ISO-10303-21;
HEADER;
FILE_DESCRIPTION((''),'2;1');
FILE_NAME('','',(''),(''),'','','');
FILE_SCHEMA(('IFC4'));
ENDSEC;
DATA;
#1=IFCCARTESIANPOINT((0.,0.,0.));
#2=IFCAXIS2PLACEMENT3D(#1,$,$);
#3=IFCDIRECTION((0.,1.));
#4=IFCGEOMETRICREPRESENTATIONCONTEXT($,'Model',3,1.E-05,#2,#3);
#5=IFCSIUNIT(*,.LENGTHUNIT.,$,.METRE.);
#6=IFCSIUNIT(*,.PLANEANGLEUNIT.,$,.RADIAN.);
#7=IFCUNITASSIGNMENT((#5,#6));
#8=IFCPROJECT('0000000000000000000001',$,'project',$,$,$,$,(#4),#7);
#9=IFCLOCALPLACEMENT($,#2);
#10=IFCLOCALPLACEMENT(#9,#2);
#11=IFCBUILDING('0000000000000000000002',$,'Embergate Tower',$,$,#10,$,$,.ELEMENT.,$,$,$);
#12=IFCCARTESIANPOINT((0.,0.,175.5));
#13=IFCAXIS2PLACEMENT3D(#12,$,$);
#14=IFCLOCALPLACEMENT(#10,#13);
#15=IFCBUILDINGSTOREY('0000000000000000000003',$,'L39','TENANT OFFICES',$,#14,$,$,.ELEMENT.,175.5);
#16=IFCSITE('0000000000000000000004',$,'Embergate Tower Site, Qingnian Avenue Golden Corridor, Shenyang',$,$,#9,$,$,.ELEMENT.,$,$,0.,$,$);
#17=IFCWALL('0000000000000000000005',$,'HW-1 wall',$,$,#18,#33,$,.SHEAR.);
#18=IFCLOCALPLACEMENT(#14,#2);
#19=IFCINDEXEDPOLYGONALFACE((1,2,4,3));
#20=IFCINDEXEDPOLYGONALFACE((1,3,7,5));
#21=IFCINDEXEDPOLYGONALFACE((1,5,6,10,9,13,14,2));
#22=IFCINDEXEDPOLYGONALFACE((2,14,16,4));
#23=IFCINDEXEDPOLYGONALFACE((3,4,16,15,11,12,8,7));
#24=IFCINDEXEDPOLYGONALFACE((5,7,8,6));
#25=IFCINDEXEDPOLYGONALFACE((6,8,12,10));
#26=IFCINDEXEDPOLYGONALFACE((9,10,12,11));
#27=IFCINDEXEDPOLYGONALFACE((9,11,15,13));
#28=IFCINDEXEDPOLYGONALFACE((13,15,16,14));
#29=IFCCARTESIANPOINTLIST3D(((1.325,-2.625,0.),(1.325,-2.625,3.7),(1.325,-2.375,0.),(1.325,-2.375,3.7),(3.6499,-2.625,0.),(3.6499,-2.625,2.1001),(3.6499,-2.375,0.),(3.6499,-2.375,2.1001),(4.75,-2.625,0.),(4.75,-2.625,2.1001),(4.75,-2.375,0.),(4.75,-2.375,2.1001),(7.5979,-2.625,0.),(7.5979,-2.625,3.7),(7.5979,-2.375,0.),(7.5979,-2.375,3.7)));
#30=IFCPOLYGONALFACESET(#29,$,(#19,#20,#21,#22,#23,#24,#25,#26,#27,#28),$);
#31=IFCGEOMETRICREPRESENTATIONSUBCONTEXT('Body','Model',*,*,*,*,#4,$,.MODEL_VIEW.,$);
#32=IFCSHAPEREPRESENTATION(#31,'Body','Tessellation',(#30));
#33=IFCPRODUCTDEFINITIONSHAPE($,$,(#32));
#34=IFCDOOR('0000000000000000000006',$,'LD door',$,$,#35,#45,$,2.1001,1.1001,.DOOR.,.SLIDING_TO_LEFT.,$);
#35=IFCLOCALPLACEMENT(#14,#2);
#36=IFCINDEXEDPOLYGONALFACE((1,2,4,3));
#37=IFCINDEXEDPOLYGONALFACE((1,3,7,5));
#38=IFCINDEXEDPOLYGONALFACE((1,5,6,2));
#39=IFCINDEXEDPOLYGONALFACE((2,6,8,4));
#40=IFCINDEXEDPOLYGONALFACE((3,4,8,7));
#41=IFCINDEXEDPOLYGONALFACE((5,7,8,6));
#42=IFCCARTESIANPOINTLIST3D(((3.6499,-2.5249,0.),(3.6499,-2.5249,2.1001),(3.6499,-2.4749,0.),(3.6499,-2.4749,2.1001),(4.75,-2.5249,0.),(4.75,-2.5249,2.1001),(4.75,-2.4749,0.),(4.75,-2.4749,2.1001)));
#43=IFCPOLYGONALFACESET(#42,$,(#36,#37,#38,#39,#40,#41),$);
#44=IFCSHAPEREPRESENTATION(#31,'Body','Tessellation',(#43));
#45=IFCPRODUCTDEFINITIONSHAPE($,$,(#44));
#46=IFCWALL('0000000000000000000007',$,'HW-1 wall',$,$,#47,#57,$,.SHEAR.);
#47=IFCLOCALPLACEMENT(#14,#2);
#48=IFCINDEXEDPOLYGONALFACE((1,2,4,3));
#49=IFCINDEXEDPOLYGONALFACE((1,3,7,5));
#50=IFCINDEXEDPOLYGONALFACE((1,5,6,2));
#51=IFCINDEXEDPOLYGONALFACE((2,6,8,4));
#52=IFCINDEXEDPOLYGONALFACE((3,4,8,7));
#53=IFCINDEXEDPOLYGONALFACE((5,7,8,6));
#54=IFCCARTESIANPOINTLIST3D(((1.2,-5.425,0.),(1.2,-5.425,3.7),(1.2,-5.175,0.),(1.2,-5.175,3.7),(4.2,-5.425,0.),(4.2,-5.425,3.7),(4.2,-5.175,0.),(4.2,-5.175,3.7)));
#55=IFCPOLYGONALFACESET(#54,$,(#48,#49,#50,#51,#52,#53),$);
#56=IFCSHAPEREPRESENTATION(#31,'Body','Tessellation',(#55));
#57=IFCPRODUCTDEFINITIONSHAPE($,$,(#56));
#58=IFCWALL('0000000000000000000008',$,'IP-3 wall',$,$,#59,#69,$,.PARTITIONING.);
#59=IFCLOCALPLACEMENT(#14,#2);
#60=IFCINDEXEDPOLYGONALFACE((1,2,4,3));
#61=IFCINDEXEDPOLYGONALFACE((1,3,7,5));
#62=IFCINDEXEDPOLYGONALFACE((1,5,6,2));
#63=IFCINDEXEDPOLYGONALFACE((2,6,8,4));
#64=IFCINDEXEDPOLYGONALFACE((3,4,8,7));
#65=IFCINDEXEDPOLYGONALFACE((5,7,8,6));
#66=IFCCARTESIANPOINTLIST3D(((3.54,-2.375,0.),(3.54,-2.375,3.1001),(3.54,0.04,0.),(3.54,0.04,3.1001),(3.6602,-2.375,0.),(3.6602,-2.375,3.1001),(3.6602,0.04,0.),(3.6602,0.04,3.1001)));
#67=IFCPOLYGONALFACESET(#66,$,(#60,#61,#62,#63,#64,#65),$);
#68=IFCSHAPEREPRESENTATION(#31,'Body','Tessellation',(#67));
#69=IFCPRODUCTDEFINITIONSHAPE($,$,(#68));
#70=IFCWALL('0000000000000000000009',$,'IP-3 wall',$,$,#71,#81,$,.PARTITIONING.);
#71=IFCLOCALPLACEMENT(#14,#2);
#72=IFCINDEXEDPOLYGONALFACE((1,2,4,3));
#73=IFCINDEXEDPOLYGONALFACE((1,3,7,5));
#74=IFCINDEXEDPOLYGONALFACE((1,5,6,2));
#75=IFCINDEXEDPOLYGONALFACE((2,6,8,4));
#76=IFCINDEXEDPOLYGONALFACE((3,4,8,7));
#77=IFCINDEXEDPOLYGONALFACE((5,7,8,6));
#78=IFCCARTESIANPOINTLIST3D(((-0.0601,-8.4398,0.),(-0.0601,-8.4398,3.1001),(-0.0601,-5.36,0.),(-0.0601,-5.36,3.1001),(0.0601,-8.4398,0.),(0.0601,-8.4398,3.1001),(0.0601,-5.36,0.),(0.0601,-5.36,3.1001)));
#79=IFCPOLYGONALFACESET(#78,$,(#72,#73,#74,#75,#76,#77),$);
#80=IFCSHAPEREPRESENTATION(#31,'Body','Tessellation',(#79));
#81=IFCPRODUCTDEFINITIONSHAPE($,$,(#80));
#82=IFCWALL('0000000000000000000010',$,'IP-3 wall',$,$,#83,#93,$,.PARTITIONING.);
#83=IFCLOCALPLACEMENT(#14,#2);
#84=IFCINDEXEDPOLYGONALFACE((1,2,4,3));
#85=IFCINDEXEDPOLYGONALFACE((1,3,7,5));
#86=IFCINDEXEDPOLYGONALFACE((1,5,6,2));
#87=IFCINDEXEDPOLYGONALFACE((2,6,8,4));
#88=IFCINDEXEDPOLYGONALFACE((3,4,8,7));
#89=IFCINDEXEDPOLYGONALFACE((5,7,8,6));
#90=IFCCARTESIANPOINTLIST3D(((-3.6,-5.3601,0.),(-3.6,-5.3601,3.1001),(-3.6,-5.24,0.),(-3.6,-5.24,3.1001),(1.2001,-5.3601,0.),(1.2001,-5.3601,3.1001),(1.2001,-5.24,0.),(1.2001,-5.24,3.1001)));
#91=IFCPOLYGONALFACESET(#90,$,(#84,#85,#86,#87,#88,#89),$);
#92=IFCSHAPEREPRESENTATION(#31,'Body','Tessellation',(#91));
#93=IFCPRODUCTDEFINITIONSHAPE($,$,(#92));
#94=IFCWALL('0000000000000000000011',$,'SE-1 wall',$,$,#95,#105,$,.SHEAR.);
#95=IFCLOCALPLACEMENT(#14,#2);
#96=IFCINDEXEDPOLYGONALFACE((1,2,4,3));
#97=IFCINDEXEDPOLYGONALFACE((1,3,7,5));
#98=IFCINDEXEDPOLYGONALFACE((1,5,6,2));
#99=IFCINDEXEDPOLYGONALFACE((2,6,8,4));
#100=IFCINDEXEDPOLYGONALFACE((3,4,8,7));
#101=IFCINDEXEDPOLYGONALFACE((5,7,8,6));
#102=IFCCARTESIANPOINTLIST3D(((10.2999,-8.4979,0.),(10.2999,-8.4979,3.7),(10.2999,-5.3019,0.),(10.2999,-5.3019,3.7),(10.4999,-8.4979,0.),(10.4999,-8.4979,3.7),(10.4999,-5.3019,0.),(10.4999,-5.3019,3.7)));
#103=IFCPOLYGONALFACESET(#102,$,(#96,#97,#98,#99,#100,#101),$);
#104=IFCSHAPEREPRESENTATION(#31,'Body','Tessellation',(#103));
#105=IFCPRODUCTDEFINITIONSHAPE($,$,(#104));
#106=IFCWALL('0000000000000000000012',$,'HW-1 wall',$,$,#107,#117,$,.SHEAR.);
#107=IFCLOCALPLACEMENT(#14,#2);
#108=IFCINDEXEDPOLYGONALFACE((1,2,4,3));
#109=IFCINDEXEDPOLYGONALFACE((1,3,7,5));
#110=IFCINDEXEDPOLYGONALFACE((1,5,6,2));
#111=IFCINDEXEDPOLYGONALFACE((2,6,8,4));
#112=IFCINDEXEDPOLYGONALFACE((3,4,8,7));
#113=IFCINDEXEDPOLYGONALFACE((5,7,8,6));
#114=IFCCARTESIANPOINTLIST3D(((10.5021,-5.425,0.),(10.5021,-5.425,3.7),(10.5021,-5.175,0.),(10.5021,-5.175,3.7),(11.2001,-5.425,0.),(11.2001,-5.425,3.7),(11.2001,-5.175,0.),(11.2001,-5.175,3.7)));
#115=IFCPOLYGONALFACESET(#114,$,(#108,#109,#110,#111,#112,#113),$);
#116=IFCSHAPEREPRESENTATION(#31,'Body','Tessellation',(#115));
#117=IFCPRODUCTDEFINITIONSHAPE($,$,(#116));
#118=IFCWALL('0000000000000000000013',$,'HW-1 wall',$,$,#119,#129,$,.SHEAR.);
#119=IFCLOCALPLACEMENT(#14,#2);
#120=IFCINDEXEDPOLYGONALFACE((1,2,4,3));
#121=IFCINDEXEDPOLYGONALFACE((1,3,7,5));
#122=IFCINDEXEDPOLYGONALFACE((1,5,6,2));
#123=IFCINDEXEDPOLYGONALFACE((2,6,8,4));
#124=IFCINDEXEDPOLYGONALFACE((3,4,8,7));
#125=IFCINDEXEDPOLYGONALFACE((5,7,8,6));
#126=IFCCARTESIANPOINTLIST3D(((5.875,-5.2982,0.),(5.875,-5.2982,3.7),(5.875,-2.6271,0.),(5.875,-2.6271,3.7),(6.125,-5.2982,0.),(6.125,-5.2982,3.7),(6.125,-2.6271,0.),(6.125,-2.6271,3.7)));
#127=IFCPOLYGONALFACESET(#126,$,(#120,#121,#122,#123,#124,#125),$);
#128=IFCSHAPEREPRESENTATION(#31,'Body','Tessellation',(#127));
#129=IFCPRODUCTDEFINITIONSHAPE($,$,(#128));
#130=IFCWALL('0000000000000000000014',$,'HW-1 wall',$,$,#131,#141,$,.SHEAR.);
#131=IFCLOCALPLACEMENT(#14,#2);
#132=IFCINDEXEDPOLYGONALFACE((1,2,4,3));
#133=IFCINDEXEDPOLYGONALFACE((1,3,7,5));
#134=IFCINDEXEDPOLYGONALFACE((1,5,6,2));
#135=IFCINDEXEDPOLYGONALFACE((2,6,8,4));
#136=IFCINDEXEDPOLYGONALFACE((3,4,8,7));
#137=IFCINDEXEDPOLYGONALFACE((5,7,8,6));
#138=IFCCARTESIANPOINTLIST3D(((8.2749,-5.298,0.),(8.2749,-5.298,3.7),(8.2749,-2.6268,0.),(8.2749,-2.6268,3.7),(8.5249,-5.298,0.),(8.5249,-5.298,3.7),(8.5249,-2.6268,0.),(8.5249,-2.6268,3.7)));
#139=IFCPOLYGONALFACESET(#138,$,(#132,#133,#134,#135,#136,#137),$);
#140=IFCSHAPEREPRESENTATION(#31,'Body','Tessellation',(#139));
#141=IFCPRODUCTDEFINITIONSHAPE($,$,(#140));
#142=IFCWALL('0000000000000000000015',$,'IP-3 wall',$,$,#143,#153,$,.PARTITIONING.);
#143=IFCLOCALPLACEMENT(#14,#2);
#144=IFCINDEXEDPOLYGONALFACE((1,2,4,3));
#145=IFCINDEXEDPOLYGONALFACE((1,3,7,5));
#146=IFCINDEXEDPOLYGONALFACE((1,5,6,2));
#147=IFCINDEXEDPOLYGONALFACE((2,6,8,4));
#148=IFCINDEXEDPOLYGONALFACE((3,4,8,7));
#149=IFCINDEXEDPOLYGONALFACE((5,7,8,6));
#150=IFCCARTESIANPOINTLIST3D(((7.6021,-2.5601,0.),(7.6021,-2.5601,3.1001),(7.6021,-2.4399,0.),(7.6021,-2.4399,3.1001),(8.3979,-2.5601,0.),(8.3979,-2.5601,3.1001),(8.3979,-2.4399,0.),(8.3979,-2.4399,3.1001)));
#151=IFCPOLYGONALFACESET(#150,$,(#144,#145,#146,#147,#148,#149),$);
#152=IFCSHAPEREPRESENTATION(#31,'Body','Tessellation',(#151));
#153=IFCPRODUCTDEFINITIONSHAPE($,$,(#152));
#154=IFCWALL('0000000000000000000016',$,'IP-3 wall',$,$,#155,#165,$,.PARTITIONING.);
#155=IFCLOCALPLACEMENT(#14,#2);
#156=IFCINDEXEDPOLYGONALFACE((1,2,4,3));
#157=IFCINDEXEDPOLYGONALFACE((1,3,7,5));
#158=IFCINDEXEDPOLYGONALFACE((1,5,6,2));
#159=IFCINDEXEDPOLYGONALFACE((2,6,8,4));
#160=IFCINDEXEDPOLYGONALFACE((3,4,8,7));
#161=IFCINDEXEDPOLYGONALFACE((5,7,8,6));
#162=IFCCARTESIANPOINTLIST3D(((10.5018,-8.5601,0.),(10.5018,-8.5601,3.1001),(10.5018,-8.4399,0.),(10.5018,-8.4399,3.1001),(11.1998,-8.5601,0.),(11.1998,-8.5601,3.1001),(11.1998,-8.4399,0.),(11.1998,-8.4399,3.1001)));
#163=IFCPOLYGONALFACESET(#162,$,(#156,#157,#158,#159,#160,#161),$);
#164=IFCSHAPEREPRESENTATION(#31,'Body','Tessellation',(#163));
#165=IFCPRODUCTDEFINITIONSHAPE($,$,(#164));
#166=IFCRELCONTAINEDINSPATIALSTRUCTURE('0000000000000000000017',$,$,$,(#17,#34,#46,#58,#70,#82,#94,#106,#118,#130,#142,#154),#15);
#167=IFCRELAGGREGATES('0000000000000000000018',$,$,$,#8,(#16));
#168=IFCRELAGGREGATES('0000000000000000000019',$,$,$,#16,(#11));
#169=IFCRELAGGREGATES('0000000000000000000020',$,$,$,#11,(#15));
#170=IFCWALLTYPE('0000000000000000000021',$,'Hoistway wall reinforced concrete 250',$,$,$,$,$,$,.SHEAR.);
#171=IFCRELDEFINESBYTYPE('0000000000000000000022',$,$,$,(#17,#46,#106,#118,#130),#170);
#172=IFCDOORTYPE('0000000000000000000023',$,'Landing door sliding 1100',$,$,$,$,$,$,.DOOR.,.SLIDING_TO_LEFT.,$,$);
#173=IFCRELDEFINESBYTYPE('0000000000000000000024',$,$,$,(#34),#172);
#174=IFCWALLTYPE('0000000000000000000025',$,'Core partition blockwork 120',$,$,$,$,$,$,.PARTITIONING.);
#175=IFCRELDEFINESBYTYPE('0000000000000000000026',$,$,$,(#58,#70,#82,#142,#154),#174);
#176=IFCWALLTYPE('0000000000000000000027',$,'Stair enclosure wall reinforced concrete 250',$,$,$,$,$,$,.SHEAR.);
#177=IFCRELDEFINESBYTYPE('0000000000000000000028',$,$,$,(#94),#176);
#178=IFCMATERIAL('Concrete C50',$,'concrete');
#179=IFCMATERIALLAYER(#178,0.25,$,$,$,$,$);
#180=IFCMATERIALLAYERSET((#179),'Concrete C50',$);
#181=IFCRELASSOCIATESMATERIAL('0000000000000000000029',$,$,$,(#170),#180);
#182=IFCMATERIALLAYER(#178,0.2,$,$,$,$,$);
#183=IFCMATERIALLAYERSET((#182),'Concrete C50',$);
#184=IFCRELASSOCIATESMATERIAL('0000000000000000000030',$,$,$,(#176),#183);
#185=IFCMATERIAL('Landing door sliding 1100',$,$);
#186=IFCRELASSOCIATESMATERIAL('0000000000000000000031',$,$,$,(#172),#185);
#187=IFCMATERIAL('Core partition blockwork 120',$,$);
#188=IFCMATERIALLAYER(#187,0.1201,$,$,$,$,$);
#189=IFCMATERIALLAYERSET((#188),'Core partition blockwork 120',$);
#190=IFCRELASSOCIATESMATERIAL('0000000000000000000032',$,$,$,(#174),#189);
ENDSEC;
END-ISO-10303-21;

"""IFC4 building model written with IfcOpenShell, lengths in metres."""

from ifc_helpers import new_model, si_unit, direction, frame, frame_2d, origin, place, context, subcontext, project, spatial, rectangle, extrude, source, transform, mapped, material, layer, layer_set, type_object, element, fill, save


model = new_model("IFC4")

# Units and contexts
model_context = context("Model", 3, precision=1e-05, world=origin(), true_north=direction((0.0, 1.0)))
body_context = subcontext(model_context, "Body", "Model", "MODEL_VIEW")
ifc_project = project(units=[si_unit("LENGTHUNIT", "METRE"), si_unit("PLANEANGLEUNIT", "RADIAN")], contexts=[model_context])

# Site, building, storey
site_placement = place(None, origin())
site = spatial("IfcSite", under=ifc_project, at=site_placement, Name="Embergate Tower Site, Qingnian Avenue Golden Corridor, Shenyang", CompositionType="ELEMENT", RefElevation=0.0)
building_placement = place(site_placement, origin())
building = spatial("IfcBuilding", under=site, at=building_placement, Name="Embergate Tower", CompositionType="ELEMENT")
storey_placement = place(building_placement, frame((0.0, 0.0, 175.5)))
storey = spatial("IfcBuildingStorey", under=building, at=storey_placement, Name="L39", Description="TENANT OFFICES", CompositionType="ELEMENT", Elevation=175.5)

# Shared definitions
ifc_material_1 = material(Name="Concrete C50", Category="concrete")
ifc_layer_1 = layer(ifc_material_1, 0.25)
ifc_layer_set_1 = layer_set([ifc_layer_1], Name="Concrete C50")
wall_type_1 = type_object("IfcWallType", Name="Hoistway wall reinforced concrete 250", PredefinedType="SHEAR", material=ifc_layer_set_1)
ifc_layer_2 = layer(ifc_material_1, 0.2)
ifc_layer_set_2 = layer_set([ifc_layer_2], Name="Concrete C50")
wall_type_2 = type_object("IfcWallType", Name="Stair enclosure wall reinforced concrete 250", PredefinedType="SHEAR", material=ifc_layer_set_2)

# Wall, opening, door
shared_shape_1 = source(origin(), body_context, "Body", "SweptSolid", [
    extrude(rectangle(XDim=1.1001, YDim=2.1001, at=frame_2d((0.55, 1.05))), frame((0.0, 0.135, 0.0), z_axis=(0.0, -1.0, 0.0), x_axis=(1.0, 0.0, 0.0)), (0.0, 0.0, 1.0), 0.27),
])
ifc_material_2 = material(Name="Landing door sliding 1100")
door_type_1 = type_object("IfcDoorType", Name="Landing door sliding 1100", OperationType="SLIDING_TO_LEFT", PredefinedType="DOOR", material=ifc_material_2)
shared_shape_2 = source(origin(), body_context, "Body", "SweptSolid", [
    extrude(rectangle(XDim=1.1001, YDim=2.1001, at=frame_2d((0.55, 1.05))), frame((0.0, 0.0249, 0.0), z_axis=(0.0, -1.0, 0.0), x_axis=(1.0, 0.0, 0.0)), (0.0, 0.0, 1.0), 0.05),
])
shared_shape_3 = source(origin(), body_context, "Body", "SweptSolid", [
    extrude(rectangle(XDim=6.2729, YDim=0.25, at=frame_2d((3.1365, 0.0))), origin(), (0.0, 0.0, 1.0), 3.7),
])
wall_1_placement = place(storey_placement, frame((7.5979, -2.5, 0.0), z_axis=(0.0, 0.0, 1.0), x_axis=(-1.0, 0.0, 0.0)))
wall_1 = element("IfcWall", 1, at=wall_1_placement, inside=storey, type_object=wall_type_1, Name="HW-1 wall", PredefinedType="SHEAR", context=body_context, shape_type="MappedRepresentation", body=[
    mapped(shared_shape_3, transform((0.0, 0.0, 0.0))),
])
opening_1_placement = place(wall_1_placement, frame((2.8479, 0.0, 0.0)))
opening_1 = element("IfcOpeningElement", 2, at=opening_1_placement, cuts=wall_1, PredefinedType="OPENING", context=body_context, shape_type="MappedRepresentation", body=[
    mapped(shared_shape_1, transform((0.0, 0.0, 0.0))),
])
door_1_placement = place(opening_1_placement, origin())
door_1 = element("IfcDoor", 3, at=door_1_placement, inside=storey, type_object=door_type_1, Name="LD door", OperationType="SLIDING_TO_LEFT", OverallHeight=2.1001, OverallWidth=1.1001, PredefinedType="DOOR", context=body_context, shape_type="MappedRepresentation", body=[
    mapped(shared_shape_2, transform((0.0, 0.0, 0.0))),
])
fill(opening_1, door_1)

# Walls
shared_shape_4 = source(origin(), body_context, "Body", "SweptSolid", [
    extrude(rectangle(XDim=3.0, YDim=0.25, at=frame_2d((1.5, 0.0))), origin(), (0.0, 0.0, 1.0), 3.7),
])
wall_2_placement = place(storey_placement, frame((1.2, -5.3, 0.0), z_axis=(0.0, 0.0, 1.0), x_axis=(1.0, 0.0, 0.0)))
element("IfcWall", 4, at=wall_2_placement, inside=storey, type_object=wall_type_1, Name="HW-1 wall", PredefinedType="SHEAR", context=body_context, shape_type="MappedRepresentation", body=[
    mapped(shared_shape_4, transform((0.0, 0.0, 0.0))),
])
ifc_material_3 = material(Name="Core partition blockwork 120")
ifc_layer_3 = layer(ifc_material_3, 0.1201)
ifc_layer_set_3 = layer_set([ifc_layer_3], Name="Core partition blockwork 120")
wall_type_3 = type_object("IfcWallType", Name="Core partition blockwork 120", PredefinedType="PARTITIONING", material=ifc_layer_set_3)
shared_shape_5 = source(origin(), body_context, "Body", "SweptSolid", [
    extrude(rectangle(XDim=2.415, YDim=0.1201, at=frame_2d((1.2075, 0.0))), origin(), (0.0, 0.0, 1.0), 3.1001),
])
wall_3_placement = place(storey_placement, frame((3.6001, -2.375, 0.0), z_axis=(0.0, 0.0, 1.0), x_axis=(0.0, 1.0, 0.0)))
element("IfcWall", 5, at=wall_3_placement, inside=storey, type_object=wall_type_3, Name="IP-3 wall", PredefinedType="PARTITIONING", context=body_context, shape_type="MappedRepresentation", body=[
    mapped(shared_shape_5, transform((0.0, 0.0, 0.0))),
])
shared_shape_6 = source(origin(), body_context, "Body", "SweptSolid", [
    extrude(rectangle(XDim=3.0798, YDim=0.1201, at=frame_2d((1.54, 0.0))), origin(), (0.0, 0.0, 1.0), 3.1001),
])
wall_4_placement = place(storey_placement, frame((0.0, -8.4399, 0.0), z_axis=(0.0, 0.0, 1.0), x_axis=(0.0, 1.0, 0.0)))
element("IfcWall", 6, at=wall_4_placement, inside=storey, type_object=wall_type_3, Name="IP-3 wall", PredefinedType="PARTITIONING", context=body_context, shape_type="MappedRepresentation", body=[
    mapped(shared_shape_6, transform((0.0, 0.0, 0.0))),
])
shared_shape_7 = source(origin(), body_context, "Body", "SweptSolid", [
    extrude(rectangle(XDim=4.8, YDim=0.1201, at=frame_2d((2.3999, 0.0))), origin(), (0.0, 0.0, 1.0), 3.1001),
])
wall_5_placement = place(storey_placement, frame((1.2, -5.3, 0.0), z_axis=(0.0, 0.0, 1.0), x_axis=(-1.0, 0.0, 0.0)))
element("IfcWall", 7, at=wall_5_placement, inside=storey, type_object=wall_type_3, Name="IP-3 wall", PredefinedType="PARTITIONING", context=body_context, shape_type="MappedRepresentation", body=[
    mapped(shared_shape_7, transform((0.0, 0.0, 0.0))),
])
shared_shape_8 = source(origin(), body_context, "Body", "SweptSolid", [
    extrude(rectangle(XDim=3.196, YDim=0.2, at=frame_2d((1.5981, 0.0))), origin(), (0.0, 0.0, 1.0), 3.7),
])
wall_6_placement = place(storey_placement, frame((10.3999, -8.498, 0.0), z_axis=(0.0, 0.0, 1.0), x_axis=(0.0, 1.0, 0.0)))
element("IfcWall", 8, at=wall_6_placement, inside=storey, type_object=wall_type_2, Name="SE-1 wall", PredefinedType="SHEAR", context=body_context, shape_type="MappedRepresentation", body=[
    mapped(shared_shape_8, transform((0.0, 0.0, 0.0))),
])
shared_shape_9 = source(origin(), body_context, "Body", "SweptSolid", [
    extrude(rectangle(XDim=0.698, YDim=0.25, at=frame_2d((0.3491, 0.0))), origin(), (0.0, 0.0, 1.0), 3.7),
])
wall_7_placement = place(storey_placement, frame((10.502, -5.3, 0.0), z_axis=(0.0, 0.0, 1.0), x_axis=(1.0, 0.0, 0.0)))
element("IfcWall", 9, at=wall_7_placement, inside=storey, type_object=wall_type_1, Name="HW-1 wall", PredefinedType="SHEAR", context=body_context, shape_type="MappedRepresentation", body=[
    mapped(shared_shape_9, transform((0.0, 0.0, 0.0))),
])
shared_shape_10 = source(origin(), body_context, "Body", "SweptSolid", [
    extrude(rectangle(XDim=2.6711, YDim=0.25, at=frame_2d((1.3354, 0.0))), origin(), (0.0, 0.0, 1.0), 3.7),
])
for number, where, z_axis, x_axis, name in (
    (10, (6.0, -5.2981, 0.0), (0.0, 0.0, 1.0), (0.0, 1.0, 0.0), "HW-1 wall"),
    (11, (8.3999, -2.627, 0.0), (0.0, 0.0, 1.0), (0.0, -1.0, 0.0), "HW-1 wall"),
):
    element("IfcWall", number, at=place(storey_placement, frame(where, z_axis=z_axis, x_axis=x_axis)), inside=storey, type_object=wall_type_1, Name=name, PredefinedType="SHEAR", context=body_context, shape_type="MappedRepresentation", body=[
        mapped(shared_shape_10, transform((0.0, 0.0, 0.0))),
    ])
shared_shape_11 = source(origin(), body_context, "Body", "SweptSolid", [
    extrude(rectangle(XDim=0.7959, YDim=0.1201, at=frame_2d((0.3979, 0.0))), origin(), (0.0, 0.0, 1.0), 3.1001),
])
wall_8_placement = place(storey_placement, frame((7.6021, -2.5, 0.0), z_axis=(0.0, 0.0, 1.0), x_axis=(1.0, 0.0, 0.0)))
element("IfcWall", 12, at=wall_8_placement, inside=storey, type_object=wall_type_3, Name="IP-3 wall", PredefinedType="PARTITIONING", context=body_context, shape_type="MappedRepresentation", body=[
    mapped(shared_shape_11, transform((0.0, 0.0, 0.0))),
])
shared_shape_12 = source(origin(), body_context, "Body", "SweptSolid", [
    extrude(rectangle(XDim=0.698, YDim=0.1201, at=frame_2d((0.3491, 0.0))), origin(), (0.0, 0.0, 1.0), 3.1001),
])
wall_9_placement = place(storey_placement, frame((11.2, -8.5, 0.0), z_axis=(0.0, 0.0, 1.0), x_axis=(-1.0, 0.0, 0.0)))
element("IfcWall", 13, at=wall_9_placement, inside=storey, type_object=wall_type_3, Name="IP-3 wall", PredefinedType="PARTITIONING", context=body_context, shape_type="MappedRepresentation", body=[
    mapped(shared_shape_12, transform((0.0, 0.0, 0.0))),
])

save(model, "model.ifc")
